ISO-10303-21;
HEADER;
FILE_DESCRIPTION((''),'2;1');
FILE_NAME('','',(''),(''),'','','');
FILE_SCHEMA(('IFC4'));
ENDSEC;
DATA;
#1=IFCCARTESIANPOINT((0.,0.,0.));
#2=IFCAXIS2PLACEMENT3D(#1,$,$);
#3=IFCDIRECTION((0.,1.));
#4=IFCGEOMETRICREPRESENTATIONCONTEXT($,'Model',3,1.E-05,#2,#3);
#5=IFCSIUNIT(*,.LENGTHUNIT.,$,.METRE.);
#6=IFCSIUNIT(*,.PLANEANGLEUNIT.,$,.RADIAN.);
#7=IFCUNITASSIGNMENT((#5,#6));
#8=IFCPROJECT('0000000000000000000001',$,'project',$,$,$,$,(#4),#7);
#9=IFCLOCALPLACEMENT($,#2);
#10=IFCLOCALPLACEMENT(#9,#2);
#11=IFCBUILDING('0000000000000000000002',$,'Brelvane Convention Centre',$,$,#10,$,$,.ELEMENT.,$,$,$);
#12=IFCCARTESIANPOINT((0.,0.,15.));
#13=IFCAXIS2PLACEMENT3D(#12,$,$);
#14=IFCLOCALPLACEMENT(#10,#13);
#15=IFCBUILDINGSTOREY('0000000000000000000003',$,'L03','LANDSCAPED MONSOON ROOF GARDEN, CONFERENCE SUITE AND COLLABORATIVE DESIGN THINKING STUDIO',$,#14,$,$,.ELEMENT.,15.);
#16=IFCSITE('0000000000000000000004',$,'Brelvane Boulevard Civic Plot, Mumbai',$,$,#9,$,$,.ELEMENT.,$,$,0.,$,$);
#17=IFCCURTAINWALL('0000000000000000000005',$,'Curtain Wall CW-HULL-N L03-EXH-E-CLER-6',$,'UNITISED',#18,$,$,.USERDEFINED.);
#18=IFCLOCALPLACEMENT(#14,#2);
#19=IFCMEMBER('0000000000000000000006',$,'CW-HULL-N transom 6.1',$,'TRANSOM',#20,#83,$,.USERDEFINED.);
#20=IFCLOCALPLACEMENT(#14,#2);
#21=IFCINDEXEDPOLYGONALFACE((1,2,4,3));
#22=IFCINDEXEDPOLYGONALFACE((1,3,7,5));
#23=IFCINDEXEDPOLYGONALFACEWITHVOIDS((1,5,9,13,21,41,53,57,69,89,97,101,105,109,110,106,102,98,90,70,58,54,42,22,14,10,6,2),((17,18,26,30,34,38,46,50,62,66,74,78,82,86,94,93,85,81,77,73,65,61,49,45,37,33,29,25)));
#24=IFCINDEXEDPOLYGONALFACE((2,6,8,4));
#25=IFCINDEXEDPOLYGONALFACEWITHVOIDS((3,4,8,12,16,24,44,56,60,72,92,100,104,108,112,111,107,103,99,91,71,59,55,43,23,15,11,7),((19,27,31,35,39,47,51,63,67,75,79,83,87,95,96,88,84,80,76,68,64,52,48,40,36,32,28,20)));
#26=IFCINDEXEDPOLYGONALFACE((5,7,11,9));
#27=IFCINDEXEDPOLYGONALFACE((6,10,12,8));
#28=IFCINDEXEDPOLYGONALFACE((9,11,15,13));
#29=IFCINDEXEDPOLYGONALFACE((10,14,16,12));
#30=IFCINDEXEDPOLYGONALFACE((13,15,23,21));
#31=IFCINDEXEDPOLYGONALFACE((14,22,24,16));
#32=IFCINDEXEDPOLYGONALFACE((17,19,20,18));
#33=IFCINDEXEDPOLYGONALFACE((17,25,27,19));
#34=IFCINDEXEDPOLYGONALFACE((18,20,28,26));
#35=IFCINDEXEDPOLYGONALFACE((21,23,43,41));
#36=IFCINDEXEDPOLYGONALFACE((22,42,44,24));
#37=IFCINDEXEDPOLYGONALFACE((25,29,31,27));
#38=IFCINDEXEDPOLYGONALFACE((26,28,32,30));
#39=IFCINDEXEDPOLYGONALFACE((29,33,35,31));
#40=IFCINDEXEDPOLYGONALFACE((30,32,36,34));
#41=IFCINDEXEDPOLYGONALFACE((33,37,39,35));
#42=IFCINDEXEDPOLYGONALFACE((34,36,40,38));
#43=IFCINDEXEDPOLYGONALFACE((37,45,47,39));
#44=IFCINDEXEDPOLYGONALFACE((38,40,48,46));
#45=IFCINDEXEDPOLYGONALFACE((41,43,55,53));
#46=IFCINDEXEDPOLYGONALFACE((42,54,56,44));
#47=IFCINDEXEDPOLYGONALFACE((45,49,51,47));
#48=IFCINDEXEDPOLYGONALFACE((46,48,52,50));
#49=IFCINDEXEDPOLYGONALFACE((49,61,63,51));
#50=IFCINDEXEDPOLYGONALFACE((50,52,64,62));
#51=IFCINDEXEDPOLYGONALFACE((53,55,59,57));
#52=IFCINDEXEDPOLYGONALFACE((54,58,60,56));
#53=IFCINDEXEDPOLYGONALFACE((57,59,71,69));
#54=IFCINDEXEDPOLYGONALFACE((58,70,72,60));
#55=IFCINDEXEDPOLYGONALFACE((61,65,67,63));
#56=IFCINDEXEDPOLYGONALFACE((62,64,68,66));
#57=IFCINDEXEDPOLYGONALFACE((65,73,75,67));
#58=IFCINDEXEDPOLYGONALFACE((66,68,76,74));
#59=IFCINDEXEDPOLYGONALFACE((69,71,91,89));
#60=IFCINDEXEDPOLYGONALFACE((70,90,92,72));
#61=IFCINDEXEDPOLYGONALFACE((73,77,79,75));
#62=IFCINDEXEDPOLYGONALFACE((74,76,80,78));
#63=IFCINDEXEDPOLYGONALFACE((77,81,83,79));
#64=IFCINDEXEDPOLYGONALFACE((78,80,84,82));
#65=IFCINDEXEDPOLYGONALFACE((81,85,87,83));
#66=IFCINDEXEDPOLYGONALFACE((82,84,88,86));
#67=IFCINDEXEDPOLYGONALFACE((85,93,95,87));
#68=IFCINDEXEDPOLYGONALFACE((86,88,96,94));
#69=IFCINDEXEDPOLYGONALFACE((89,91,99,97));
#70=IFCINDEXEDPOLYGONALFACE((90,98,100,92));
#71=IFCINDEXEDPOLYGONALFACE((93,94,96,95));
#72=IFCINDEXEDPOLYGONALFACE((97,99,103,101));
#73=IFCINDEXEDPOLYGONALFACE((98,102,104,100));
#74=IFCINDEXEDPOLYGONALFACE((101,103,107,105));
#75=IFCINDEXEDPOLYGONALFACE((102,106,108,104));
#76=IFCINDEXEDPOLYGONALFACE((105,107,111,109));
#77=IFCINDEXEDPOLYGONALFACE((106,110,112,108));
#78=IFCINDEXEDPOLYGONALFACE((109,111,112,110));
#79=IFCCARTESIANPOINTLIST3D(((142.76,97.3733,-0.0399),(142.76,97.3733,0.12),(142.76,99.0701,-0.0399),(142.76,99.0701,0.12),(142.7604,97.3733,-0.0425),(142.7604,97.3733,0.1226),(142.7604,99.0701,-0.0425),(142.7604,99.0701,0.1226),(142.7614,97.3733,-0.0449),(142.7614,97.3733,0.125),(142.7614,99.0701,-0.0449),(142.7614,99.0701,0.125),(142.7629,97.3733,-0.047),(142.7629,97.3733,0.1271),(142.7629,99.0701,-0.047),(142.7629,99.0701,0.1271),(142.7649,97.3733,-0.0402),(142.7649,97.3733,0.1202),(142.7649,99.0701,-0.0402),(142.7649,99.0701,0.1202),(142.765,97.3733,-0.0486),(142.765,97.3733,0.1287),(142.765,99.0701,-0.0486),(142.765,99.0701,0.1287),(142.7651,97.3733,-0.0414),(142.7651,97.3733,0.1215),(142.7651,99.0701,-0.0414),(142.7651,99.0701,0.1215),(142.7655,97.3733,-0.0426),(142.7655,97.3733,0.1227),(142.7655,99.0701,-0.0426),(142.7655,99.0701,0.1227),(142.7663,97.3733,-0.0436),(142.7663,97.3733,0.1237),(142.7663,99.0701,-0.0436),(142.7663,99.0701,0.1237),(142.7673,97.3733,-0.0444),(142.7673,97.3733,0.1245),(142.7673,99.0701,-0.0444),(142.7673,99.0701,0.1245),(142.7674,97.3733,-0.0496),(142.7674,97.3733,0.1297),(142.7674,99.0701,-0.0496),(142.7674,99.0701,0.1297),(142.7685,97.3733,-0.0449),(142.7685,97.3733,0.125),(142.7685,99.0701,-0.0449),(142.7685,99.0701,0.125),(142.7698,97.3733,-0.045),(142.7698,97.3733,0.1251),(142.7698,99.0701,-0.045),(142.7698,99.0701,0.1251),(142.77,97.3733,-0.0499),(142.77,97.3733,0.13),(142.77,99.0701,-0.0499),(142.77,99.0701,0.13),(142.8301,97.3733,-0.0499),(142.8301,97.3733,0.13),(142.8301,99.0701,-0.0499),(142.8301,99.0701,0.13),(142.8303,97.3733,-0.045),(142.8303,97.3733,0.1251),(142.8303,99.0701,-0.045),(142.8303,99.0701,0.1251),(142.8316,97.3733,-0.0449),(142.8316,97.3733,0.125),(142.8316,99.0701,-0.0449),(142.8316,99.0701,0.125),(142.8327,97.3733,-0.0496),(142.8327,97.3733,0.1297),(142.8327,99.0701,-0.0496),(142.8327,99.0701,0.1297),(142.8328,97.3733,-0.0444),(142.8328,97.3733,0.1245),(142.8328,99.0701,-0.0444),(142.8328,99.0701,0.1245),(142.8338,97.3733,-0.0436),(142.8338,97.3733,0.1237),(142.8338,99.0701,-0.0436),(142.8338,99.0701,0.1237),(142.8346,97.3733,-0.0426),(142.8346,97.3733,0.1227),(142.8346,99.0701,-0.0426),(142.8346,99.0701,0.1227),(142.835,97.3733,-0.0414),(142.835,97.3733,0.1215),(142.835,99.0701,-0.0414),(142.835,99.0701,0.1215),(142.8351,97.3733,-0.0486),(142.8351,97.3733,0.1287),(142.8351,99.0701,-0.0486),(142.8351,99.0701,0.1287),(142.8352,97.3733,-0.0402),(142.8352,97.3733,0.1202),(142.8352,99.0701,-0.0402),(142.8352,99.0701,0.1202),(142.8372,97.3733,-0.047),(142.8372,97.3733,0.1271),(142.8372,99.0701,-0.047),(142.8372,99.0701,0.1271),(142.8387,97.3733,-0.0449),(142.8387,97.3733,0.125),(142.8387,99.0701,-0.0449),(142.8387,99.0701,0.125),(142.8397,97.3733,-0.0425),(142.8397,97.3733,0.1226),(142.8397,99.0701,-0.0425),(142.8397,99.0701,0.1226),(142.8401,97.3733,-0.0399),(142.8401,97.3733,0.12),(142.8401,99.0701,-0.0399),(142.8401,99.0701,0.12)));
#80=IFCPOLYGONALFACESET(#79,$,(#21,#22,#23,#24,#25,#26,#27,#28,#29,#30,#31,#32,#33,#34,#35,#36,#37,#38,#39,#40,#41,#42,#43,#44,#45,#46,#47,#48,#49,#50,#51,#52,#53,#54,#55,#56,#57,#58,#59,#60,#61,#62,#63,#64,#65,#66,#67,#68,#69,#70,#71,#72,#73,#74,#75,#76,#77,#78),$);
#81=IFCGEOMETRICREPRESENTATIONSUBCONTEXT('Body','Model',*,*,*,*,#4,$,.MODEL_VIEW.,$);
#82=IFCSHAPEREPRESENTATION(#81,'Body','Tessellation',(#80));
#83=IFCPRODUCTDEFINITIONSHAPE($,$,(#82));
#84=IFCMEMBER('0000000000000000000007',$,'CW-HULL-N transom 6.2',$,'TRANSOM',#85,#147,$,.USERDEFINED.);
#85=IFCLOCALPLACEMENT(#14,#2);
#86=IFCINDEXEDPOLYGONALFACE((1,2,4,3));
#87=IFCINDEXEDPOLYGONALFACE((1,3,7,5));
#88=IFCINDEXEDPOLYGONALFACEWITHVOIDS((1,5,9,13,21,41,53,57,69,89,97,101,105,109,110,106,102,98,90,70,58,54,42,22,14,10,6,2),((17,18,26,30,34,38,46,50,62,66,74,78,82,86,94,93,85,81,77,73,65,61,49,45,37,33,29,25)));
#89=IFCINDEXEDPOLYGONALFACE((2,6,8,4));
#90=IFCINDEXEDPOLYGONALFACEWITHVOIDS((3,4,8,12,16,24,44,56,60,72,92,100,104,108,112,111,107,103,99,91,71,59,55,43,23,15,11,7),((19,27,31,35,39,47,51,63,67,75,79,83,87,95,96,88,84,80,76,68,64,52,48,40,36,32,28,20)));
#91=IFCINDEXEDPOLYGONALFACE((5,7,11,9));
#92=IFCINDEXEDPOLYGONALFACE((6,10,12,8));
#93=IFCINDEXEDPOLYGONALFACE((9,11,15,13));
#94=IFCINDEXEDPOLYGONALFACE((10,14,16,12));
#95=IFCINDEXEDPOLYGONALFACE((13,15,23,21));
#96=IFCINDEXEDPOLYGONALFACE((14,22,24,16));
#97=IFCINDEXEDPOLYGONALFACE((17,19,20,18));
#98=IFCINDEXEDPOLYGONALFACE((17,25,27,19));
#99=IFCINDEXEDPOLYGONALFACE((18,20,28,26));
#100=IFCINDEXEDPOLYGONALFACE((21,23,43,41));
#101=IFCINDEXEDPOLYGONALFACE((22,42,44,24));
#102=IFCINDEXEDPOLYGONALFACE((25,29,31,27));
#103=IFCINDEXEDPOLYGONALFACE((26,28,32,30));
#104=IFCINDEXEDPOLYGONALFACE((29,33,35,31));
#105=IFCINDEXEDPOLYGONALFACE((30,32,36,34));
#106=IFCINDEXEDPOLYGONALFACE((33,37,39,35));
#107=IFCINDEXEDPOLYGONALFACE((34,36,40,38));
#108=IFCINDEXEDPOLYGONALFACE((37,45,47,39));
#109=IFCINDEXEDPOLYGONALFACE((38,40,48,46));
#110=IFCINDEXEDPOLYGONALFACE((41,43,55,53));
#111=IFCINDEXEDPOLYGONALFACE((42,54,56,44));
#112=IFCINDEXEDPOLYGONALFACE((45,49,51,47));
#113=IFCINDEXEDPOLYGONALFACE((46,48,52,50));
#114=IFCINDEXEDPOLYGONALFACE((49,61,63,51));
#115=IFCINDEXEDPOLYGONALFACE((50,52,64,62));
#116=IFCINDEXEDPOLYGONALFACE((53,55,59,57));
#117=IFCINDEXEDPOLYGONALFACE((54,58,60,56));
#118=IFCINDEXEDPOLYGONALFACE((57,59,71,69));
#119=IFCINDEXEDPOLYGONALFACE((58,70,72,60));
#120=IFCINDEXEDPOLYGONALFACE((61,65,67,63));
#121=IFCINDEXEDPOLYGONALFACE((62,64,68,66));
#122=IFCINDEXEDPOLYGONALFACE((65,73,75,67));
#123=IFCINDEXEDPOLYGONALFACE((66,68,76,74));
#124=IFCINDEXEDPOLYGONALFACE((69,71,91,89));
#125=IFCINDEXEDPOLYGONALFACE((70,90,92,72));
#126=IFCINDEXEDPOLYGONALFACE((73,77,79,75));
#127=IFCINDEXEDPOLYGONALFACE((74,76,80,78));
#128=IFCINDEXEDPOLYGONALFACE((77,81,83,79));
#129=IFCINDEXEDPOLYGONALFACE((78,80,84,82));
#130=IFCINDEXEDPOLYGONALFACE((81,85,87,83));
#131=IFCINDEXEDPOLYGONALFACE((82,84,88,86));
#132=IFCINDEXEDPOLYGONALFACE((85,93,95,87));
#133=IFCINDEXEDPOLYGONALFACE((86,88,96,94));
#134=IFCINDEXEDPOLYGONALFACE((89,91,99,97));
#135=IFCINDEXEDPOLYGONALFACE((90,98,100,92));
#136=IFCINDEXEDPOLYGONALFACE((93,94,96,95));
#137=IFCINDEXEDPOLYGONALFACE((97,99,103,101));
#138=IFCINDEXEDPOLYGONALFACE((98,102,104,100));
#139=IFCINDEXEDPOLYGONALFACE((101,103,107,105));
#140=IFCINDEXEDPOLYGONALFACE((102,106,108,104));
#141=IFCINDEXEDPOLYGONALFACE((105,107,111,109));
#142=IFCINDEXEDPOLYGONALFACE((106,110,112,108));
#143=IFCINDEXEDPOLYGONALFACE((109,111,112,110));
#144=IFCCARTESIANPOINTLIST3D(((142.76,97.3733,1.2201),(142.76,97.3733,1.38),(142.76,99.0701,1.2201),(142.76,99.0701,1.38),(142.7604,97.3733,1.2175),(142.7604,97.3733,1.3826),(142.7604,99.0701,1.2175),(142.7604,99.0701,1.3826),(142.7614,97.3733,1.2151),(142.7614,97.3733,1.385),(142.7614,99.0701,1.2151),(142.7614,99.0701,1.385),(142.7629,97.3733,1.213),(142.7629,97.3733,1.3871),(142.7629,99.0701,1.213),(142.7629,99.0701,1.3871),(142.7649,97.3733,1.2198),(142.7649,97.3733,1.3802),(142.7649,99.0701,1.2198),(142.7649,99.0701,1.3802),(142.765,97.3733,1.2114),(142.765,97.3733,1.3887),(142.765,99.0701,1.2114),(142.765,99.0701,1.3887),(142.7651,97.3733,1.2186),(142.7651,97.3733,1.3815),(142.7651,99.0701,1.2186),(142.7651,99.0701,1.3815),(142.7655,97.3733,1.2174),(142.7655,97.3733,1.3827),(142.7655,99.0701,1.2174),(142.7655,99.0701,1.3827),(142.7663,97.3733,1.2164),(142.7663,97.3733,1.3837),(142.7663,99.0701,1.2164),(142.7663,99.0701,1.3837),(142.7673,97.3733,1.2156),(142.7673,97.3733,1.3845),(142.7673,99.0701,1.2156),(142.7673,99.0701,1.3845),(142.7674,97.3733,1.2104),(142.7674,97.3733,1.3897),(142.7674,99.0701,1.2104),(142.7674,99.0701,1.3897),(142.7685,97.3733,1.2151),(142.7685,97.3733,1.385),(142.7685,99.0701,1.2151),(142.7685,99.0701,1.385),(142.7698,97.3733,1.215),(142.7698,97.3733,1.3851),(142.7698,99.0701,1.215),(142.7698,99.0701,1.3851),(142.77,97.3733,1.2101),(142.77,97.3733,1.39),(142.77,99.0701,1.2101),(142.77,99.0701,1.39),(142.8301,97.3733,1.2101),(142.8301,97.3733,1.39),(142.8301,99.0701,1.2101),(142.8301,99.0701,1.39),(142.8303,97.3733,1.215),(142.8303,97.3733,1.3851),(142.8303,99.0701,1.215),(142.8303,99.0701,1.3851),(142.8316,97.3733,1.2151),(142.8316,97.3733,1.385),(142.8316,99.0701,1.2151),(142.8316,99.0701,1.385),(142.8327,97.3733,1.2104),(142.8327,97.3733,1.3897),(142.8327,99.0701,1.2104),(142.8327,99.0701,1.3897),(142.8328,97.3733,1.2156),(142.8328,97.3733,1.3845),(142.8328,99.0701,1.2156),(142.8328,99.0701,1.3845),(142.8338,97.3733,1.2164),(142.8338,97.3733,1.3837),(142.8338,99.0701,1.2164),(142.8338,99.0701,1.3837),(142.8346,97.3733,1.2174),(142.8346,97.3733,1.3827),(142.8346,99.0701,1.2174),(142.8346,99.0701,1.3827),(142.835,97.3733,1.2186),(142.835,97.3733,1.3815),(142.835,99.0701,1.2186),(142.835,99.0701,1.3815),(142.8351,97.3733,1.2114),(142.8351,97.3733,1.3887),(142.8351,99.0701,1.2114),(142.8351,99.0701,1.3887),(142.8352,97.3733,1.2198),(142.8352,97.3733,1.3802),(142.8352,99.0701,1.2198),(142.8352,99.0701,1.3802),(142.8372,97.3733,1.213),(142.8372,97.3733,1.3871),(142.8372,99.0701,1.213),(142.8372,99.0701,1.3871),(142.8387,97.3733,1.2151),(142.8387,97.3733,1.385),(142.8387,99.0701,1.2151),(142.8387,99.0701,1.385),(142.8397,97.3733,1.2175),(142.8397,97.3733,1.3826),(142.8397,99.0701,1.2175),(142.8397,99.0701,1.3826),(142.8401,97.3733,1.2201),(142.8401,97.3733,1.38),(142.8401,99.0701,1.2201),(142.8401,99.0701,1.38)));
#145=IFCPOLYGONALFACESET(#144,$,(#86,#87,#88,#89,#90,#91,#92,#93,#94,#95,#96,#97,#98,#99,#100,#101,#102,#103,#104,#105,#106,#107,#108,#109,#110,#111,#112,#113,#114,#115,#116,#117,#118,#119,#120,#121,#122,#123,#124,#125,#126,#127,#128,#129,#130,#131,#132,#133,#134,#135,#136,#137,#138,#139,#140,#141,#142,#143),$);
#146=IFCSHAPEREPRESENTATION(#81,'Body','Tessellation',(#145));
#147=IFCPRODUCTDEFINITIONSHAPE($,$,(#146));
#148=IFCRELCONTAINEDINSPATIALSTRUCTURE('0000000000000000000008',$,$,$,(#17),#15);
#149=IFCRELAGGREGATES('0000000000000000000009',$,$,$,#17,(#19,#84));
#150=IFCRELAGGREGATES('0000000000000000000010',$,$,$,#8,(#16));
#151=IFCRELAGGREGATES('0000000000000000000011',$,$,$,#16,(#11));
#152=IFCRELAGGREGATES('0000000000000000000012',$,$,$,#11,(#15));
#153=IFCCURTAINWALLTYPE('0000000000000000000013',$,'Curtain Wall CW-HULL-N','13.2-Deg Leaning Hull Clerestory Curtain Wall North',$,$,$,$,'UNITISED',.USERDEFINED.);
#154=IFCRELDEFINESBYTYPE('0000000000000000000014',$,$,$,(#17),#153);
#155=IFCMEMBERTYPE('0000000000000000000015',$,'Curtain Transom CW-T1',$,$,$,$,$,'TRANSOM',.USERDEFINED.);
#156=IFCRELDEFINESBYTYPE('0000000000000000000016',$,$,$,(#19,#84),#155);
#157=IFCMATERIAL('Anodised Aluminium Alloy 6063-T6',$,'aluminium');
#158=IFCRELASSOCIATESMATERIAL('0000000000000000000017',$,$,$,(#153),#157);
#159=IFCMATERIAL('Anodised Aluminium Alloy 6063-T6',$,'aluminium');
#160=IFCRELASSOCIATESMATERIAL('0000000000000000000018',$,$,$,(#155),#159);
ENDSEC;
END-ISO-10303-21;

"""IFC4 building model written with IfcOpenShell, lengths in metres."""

from ifc_helpers import new_model, si_unit, direction, frame, origin, origin_2d, place, context, subcontext, project, spatial, hollow_rectangle, extrude, material, material_profile, profile_set, type_object, element, aggregate, save


model = new_model("IFC4")

# Units and contexts
model_context = context("Model", 3, precision=1e-05, world=origin(), true_north=direction((0.0, 1.0)))
body_context = subcontext(model_context, "Body", "Model", "MODEL_VIEW")
ifc_project = project(units=[si_unit("LENGTHUNIT", "METRE"), si_unit("PLANEANGLEUNIT", "RADIAN")], contexts=[model_context])

# Site, building, storey
site_placement = place(None, origin())
site = spatial("IfcSite", under=ifc_project, at=site_placement, Name="Brelvane Boulevard Civic Plot, Mumbai", CompositionType="ELEMENT", RefElevation=0.0)
building_placement = place(site_placement, origin())
building = spatial("IfcBuilding", under=site, at=building_placement, Name="Brelvane Convention Centre", CompositionType="ELEMENT")
storey_placement = place(building_placement, frame((0.0, 0.0, 15.0)))
storey = spatial("IfcBuildingStorey", under=building, at=storey_placement, Name="L03", Description="LANDSCAPED MONSOON ROOF GARDEN, CONFERENCE SUITE AND COLLABORATIVE DESIGN THINKING STUDIO", CompositionType="ELEMENT", Elevation=15.0)

# Curtain wall, members
ifc_material_1 = material(Name="Anodised Aluminium Alloy 6063-T6", Category="aluminium")
curtain_wall_type = type_object("IfcCurtainWallType", Name="Curtain Wall CW-HULL-N", Description="13.2-Deg Leaning Hull Clerestory Curtain Wall North", ElementType="UNITISED", PredefinedType="USERDEFINED", material=ifc_material_1)
curtain_wall_placement = place(storey_placement, origin())
curtain_wall = element("IfcCurtainWall", 1, at=curtain_wall_placement, inside=storey, type_object=curtain_wall_type, Name="Curtain Wall CW-HULL-N L03-EXH-E-CLER-6", ObjectType="UNITISED", PredefinedType="USERDEFINED")
ifc_material_2 = material(Name="Anodised Aluminium Alloy 6063-T6", Category="aluminium")
ifc_material_profile_1 = material_profile(ifc_material_2, hollow_rectangle(XDim=0.0801, YDim=0.1799, WallThickness=0.0049, InnerFilletRadius=0.0049, OuterFilletRadius=0.01, at=origin_2d()), Name="ALU-T 180x80x5.0")
ifc_profile_set_1 = profile_set([ifc_material_profile_1], Name="Anodised Aluminium Alloy 6063-T6")
member_type_1 = type_object("IfcMemberType", Name="Curtain Transom CW-T1", ElementType="TRANSOM", PredefinedType="USERDEFINED", material=ifc_profile_set_1)
member_1_placement = place(storey_placement, frame((142.8, 97.3733, 0.04), z_axis=(0.0, 1.0, 0.0), x_axis=(-1.0, 0.0, 0.0)))
member_1 = element("IfcMember", 2, at=member_1_placement, type_object=member_type_1, Name="CW-HULL-N transom 6.1", ObjectType="TRANSOM", PredefinedType="USERDEFINED", context=body_context, shape_type="SweptSolid", body=[
    extrude(hollow_rectangle(XDim=0.0801, YDim=0.1799, WallThickness=0.0049, InnerFilletRadius=0.0049, OuterFilletRadius=0.01, at=origin_2d()), origin(), (0.0, 0.0, 1.0), 1.6968),
])
member_2_placement = place(storey_placement, frame((142.8, 97.3733, 1.3), z_axis=(0.0, 1.0, 0.0), x_axis=(-1.0, 0.0, 0.0)))
member_2 = element("IfcMember", 3, at=member_2_placement, type_object=member_type_1, Name="CW-HULL-N transom 6.2", ObjectType="TRANSOM", PredefinedType="USERDEFINED", context=body_context, shape_type="SweptSolid", body=[
    extrude(hollow_rectangle(XDim=0.0801, YDim=0.1799, WallThickness=0.0049, InnerFilletRadius=0.0049, OuterFilletRadius=0.01, at=origin_2d()), origin(), (0.0, 0.0, 1.0), 1.6968),
])
aggregate(curtain_wall, [member_1, member_2])

save(model, "model.ifc")
